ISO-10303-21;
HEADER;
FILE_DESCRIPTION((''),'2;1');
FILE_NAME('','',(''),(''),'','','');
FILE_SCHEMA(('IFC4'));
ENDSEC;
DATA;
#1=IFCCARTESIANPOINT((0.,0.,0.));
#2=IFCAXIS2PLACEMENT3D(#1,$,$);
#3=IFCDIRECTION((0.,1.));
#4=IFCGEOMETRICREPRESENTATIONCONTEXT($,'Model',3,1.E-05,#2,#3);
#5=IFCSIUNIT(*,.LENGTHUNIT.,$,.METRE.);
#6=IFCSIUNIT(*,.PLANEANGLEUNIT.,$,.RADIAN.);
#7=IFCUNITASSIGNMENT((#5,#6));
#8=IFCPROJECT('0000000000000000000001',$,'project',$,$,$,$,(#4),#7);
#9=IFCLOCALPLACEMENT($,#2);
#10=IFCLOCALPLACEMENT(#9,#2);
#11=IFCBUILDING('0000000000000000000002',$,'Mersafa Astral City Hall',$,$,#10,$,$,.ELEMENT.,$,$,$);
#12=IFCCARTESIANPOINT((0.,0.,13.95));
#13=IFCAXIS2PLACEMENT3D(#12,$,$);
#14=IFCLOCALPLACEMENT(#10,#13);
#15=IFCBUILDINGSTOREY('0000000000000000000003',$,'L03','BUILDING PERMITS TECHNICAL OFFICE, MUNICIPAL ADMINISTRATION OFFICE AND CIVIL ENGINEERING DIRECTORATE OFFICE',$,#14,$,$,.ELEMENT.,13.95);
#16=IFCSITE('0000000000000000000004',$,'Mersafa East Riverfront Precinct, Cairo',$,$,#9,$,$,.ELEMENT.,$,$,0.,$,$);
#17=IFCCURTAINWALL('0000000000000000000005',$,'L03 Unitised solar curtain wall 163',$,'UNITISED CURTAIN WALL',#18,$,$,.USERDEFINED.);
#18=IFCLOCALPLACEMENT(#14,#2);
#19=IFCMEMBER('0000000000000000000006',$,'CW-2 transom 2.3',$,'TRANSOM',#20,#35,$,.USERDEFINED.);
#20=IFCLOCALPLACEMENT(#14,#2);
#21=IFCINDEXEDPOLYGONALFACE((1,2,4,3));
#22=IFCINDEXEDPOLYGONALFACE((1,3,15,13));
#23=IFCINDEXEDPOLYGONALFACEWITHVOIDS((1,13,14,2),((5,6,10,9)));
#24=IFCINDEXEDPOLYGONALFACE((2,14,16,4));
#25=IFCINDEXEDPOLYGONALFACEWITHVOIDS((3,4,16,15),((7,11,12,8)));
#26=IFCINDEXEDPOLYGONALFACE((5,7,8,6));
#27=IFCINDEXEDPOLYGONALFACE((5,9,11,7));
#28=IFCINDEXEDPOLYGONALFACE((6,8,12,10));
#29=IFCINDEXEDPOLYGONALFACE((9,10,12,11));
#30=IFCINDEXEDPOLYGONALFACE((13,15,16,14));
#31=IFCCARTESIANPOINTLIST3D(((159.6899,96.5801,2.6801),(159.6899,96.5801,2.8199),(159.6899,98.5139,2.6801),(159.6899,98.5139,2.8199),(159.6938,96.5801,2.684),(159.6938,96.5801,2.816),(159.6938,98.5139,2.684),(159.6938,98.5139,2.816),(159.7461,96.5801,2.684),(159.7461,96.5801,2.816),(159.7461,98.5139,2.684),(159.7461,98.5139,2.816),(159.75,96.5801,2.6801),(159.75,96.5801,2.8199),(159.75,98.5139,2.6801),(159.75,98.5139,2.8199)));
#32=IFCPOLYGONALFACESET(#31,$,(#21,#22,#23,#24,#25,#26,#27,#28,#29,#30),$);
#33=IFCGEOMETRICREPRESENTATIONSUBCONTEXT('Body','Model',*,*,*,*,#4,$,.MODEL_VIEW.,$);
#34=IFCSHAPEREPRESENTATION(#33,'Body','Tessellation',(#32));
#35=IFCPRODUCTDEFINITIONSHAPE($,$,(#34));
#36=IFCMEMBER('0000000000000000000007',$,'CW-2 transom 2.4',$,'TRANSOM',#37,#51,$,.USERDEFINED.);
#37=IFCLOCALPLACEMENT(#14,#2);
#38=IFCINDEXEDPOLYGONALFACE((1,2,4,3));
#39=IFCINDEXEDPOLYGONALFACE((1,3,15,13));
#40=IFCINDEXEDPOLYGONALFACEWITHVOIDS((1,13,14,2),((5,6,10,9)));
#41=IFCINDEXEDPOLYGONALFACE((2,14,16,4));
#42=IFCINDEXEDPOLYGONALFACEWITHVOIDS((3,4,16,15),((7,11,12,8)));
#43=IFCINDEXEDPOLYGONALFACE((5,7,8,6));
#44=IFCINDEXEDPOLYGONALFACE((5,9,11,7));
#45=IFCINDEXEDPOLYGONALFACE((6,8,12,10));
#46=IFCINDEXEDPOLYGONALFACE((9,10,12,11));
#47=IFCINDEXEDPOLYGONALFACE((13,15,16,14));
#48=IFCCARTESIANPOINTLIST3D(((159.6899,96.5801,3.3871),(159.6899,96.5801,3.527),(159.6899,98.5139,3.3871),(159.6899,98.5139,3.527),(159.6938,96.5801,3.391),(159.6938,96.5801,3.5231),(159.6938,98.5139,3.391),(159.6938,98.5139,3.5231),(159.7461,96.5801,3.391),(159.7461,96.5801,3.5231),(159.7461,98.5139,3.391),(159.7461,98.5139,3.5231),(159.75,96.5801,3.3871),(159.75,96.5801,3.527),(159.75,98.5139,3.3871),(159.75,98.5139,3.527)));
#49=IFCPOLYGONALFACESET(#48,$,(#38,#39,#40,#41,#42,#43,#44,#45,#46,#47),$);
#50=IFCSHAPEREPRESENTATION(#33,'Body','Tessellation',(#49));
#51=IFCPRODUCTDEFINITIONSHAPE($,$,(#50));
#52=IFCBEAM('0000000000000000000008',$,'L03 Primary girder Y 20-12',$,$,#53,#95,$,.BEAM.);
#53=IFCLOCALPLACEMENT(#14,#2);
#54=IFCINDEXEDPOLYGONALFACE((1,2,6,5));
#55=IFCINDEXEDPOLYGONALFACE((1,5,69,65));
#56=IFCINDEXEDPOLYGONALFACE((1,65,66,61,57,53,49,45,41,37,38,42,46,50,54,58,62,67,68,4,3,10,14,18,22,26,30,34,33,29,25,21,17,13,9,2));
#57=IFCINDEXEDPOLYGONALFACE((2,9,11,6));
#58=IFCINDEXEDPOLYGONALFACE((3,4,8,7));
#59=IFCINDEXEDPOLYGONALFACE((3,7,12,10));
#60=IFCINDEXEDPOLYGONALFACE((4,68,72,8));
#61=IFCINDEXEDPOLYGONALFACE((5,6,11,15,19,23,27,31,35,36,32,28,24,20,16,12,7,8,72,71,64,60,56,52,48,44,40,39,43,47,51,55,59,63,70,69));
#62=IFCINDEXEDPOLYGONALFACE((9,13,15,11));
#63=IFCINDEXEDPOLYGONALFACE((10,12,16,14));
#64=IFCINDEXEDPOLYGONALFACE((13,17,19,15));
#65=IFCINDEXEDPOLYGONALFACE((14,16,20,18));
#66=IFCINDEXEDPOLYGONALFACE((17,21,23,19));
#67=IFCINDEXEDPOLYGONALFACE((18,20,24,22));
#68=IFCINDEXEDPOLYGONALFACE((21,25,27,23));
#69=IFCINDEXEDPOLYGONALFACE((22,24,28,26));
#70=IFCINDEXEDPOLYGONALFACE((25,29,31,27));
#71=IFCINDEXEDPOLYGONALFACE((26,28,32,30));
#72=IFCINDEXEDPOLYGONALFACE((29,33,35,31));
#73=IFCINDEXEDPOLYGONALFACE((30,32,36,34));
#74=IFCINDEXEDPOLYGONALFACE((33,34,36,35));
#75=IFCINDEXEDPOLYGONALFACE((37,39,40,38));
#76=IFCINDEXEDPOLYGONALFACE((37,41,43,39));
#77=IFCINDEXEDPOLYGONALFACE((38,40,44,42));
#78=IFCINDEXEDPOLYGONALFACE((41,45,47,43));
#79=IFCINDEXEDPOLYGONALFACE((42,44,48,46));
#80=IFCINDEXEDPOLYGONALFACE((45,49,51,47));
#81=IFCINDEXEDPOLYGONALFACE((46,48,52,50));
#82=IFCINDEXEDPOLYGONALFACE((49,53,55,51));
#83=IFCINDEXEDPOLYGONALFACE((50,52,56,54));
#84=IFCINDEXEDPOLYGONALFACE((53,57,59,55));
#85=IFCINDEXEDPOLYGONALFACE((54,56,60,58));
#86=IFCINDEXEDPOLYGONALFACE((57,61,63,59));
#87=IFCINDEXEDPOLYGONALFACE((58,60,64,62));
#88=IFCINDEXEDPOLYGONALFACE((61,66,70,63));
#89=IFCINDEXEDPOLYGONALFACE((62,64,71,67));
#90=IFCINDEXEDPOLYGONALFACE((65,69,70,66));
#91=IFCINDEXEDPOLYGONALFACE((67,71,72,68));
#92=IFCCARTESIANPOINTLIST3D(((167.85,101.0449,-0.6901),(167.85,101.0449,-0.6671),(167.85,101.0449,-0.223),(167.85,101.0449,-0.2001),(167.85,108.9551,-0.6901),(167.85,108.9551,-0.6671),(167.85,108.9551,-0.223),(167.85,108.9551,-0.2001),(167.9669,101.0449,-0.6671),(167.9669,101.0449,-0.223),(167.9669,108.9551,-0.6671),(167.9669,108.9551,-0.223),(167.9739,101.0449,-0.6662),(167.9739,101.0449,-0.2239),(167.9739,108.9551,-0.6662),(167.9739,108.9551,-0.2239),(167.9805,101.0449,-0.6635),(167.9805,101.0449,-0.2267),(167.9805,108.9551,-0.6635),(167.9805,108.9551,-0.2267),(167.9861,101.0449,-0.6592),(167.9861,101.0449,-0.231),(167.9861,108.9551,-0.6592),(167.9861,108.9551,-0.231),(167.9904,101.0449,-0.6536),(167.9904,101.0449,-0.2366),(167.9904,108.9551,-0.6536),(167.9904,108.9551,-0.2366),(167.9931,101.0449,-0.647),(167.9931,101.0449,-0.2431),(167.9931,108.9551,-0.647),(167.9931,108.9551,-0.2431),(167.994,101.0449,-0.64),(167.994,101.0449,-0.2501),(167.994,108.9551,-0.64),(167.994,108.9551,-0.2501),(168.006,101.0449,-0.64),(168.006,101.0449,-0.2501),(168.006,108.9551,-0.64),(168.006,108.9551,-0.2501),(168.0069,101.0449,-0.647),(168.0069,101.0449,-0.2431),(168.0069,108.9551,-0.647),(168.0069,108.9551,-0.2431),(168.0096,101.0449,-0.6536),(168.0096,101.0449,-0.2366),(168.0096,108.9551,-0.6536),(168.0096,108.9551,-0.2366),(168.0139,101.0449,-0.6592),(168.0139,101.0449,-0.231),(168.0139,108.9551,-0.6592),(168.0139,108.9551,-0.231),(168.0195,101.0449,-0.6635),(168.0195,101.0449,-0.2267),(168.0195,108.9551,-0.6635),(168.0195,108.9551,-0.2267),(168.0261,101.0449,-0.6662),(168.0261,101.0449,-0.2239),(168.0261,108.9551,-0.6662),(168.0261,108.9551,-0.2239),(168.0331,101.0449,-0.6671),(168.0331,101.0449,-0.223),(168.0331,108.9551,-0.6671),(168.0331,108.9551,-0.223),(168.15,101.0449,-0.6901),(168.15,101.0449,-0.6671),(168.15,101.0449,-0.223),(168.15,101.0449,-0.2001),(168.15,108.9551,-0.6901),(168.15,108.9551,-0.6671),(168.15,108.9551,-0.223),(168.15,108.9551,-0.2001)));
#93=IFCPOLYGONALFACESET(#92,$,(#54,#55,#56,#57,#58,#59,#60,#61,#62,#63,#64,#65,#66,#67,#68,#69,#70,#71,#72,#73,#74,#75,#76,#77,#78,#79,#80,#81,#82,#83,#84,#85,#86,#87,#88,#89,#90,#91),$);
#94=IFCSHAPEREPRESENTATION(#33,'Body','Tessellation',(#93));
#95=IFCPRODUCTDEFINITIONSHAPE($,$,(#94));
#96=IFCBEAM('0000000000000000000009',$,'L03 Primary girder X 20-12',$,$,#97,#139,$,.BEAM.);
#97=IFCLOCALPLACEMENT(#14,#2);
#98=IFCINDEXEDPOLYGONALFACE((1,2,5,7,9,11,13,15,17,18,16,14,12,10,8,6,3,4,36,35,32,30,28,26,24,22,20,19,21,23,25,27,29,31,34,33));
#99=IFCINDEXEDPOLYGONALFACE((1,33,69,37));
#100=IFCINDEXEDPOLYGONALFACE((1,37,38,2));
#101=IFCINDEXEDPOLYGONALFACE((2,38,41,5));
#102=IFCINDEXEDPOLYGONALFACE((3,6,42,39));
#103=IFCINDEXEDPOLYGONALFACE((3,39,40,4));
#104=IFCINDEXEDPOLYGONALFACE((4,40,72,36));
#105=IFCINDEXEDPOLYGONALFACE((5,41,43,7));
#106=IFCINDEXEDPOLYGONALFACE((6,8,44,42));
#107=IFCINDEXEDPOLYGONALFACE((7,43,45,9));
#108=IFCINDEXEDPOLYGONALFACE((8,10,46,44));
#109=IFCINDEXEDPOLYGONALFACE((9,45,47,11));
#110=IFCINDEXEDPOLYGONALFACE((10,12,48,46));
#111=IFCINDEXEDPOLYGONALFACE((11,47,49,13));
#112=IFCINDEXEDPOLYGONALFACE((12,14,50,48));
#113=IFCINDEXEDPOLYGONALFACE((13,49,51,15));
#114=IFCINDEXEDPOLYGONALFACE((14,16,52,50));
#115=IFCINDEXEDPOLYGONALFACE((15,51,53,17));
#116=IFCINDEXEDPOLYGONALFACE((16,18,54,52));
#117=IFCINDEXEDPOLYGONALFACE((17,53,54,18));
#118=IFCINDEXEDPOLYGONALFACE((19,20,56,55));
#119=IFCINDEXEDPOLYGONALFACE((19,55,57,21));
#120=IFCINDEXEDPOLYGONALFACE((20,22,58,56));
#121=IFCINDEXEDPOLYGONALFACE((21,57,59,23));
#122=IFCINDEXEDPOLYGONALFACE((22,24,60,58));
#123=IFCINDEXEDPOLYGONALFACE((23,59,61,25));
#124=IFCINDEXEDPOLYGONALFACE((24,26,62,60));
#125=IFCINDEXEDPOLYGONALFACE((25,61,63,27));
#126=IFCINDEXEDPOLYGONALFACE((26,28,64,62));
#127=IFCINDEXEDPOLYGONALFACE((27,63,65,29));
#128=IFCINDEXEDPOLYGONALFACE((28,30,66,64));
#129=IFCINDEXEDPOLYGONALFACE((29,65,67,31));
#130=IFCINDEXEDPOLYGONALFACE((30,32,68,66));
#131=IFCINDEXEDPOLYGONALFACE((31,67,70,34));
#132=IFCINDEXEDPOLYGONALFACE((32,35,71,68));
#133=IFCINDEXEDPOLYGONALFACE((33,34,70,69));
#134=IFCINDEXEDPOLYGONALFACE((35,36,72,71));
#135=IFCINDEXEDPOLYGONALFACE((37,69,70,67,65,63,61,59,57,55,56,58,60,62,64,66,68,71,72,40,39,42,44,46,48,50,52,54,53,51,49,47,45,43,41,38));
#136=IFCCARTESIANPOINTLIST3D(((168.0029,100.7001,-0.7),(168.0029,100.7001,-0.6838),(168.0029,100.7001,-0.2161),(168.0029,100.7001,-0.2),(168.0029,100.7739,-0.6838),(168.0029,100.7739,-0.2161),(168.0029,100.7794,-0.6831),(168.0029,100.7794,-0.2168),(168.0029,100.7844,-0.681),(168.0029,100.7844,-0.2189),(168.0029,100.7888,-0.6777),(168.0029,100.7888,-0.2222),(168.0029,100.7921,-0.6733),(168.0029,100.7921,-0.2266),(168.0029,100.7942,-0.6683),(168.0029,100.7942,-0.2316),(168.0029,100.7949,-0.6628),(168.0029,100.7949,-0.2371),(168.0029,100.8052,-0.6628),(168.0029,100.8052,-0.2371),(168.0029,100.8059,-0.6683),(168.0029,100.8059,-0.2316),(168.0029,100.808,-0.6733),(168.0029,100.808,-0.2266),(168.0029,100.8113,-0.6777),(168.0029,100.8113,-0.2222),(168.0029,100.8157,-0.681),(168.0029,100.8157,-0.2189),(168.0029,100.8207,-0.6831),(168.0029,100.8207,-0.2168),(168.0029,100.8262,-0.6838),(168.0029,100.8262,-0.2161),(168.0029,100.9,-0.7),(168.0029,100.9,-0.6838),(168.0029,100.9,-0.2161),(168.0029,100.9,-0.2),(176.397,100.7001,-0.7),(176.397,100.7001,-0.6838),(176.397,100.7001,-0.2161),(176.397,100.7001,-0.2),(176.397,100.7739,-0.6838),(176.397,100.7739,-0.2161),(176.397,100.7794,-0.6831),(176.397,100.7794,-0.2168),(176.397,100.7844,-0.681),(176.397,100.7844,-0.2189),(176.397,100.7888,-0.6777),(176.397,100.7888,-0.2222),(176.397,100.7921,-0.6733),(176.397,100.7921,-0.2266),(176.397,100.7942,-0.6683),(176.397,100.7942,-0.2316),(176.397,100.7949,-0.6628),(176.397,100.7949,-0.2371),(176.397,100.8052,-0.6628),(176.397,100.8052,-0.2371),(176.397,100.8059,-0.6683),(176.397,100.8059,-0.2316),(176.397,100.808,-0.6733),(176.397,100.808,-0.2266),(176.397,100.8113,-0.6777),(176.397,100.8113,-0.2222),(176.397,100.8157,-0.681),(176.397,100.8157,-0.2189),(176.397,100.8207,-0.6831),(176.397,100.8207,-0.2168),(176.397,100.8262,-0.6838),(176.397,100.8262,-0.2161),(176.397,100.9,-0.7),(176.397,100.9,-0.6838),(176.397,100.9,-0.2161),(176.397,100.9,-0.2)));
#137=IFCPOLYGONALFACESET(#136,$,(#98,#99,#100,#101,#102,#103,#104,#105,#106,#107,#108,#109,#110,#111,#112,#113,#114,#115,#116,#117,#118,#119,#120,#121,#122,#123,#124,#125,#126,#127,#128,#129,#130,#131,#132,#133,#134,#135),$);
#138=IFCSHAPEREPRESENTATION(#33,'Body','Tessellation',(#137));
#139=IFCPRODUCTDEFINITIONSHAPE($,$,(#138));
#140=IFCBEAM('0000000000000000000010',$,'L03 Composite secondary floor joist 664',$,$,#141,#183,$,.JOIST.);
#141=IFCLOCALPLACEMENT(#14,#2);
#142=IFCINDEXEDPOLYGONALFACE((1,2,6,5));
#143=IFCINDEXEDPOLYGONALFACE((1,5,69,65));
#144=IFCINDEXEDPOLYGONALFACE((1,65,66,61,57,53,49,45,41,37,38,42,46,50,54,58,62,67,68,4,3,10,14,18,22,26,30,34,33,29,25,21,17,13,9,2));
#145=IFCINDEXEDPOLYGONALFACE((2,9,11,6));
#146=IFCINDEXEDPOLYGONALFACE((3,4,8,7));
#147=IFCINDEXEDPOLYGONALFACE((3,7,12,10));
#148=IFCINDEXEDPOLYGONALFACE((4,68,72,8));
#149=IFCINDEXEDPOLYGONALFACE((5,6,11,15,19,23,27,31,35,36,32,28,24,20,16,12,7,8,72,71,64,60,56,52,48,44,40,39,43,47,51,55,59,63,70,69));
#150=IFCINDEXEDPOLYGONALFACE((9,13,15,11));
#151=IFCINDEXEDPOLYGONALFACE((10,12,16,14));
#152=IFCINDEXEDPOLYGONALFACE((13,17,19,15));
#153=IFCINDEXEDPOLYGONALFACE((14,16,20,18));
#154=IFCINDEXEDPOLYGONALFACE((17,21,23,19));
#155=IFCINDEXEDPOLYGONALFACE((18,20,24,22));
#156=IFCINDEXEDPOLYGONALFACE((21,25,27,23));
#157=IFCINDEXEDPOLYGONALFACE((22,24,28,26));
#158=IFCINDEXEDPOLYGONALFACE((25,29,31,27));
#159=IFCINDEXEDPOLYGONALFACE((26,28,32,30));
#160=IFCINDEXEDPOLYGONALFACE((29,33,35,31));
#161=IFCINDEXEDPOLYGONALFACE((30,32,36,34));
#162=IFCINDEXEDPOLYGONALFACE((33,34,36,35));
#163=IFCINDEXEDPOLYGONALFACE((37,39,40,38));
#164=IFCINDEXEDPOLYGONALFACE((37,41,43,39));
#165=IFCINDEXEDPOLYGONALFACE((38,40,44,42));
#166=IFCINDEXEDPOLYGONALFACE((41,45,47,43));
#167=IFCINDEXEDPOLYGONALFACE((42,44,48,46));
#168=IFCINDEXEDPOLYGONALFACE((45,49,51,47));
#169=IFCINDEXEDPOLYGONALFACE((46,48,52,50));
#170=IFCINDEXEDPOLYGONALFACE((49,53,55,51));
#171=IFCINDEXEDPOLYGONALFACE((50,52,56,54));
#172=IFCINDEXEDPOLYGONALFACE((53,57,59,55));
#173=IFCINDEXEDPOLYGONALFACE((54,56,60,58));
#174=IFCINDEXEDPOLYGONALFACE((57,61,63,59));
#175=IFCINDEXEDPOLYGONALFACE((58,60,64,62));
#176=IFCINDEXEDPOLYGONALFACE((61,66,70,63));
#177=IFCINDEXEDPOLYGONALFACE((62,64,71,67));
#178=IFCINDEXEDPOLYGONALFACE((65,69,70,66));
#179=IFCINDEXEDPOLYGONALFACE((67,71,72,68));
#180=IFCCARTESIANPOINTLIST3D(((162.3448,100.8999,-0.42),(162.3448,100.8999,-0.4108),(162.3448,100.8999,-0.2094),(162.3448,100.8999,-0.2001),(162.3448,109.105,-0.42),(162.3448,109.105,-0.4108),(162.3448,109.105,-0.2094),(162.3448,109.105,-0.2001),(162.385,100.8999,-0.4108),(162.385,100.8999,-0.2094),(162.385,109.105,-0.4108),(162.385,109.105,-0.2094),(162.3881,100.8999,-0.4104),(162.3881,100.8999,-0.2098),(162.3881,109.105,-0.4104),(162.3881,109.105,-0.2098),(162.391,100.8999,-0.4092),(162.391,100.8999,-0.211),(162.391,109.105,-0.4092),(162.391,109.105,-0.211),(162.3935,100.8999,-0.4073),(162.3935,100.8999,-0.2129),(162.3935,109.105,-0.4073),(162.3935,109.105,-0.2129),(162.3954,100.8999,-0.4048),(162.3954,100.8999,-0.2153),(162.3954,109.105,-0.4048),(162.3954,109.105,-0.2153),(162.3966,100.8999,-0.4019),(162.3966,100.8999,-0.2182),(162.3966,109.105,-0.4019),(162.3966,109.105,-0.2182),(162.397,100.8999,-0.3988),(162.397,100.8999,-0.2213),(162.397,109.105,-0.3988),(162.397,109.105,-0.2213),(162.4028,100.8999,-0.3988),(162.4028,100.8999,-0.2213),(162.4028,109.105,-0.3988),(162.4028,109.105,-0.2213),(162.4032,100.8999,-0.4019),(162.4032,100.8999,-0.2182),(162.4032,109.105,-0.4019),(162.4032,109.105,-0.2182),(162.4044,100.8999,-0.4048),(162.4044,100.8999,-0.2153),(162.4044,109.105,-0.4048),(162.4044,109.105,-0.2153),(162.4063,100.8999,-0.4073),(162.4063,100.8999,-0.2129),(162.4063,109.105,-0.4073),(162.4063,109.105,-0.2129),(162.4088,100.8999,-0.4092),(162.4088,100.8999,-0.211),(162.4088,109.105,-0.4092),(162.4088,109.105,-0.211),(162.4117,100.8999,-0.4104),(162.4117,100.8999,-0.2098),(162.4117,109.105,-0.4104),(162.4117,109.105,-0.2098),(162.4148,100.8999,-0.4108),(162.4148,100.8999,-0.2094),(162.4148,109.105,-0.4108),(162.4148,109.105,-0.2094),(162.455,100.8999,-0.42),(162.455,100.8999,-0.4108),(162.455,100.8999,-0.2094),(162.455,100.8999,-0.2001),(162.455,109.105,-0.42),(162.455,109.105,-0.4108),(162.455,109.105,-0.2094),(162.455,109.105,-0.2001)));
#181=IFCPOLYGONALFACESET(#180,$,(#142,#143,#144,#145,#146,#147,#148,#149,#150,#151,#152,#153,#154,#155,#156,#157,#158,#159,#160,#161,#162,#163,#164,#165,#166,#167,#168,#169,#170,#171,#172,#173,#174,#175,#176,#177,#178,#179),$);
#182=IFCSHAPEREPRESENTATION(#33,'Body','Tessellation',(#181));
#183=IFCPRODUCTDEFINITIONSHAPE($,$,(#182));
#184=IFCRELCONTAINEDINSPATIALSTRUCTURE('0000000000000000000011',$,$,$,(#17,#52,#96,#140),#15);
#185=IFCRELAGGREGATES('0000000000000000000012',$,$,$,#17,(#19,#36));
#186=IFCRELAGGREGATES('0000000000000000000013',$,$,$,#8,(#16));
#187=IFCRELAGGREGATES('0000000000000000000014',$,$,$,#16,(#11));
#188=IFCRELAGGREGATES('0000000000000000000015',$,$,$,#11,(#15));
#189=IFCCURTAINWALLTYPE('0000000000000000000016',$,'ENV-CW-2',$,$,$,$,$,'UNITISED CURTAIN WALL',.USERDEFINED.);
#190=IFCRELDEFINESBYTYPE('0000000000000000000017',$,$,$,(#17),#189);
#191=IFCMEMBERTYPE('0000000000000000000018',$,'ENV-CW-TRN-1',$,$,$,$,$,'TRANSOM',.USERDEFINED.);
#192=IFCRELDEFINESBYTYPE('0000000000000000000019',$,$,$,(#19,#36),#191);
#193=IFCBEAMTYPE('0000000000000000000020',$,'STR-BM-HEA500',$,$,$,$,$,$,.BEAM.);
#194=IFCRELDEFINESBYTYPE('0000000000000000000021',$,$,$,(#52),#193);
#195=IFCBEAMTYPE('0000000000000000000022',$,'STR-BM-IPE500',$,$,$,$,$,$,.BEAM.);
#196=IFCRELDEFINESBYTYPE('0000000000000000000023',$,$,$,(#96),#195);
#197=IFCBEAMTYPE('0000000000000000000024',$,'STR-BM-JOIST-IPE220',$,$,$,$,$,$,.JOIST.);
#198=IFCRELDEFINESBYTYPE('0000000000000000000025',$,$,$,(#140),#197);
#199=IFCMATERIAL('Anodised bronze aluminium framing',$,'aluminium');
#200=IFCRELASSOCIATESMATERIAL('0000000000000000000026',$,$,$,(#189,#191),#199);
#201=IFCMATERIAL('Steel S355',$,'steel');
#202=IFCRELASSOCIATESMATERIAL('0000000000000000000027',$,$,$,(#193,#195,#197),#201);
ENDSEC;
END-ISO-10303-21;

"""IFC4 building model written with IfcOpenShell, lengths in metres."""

from ifc_helpers import new_model, si_unit, direction, frame, origin, origin_2d, place, context, subcontext, project, spatial, hollow_rectangle, i_section, extrude, material, material_profile, profile_set, type_object, element, aggregate, save


model = new_model("IFC4")

# Units and contexts
model_context = context("Model", 3, precision=1e-05, world=origin(), true_north=direction((0.0, 1.0)))
body_context = subcontext(model_context, "Body", "Model", "MODEL_VIEW")
ifc_project = project(units=[si_unit("LENGTHUNIT", "METRE"), si_unit("PLANEANGLEUNIT", "RADIAN")], contexts=[model_context])

# Site, building, storey
site_placement = place(None, origin())
site = spatial("IfcSite", under=ifc_project, at=site_placement, Name="Mersafa East Riverfront Precinct, Cairo", CompositionType="ELEMENT", RefElevation=0.0)
building_placement = place(site_placement, origin())
building = spatial("IfcBuilding", under=site, at=building_placement, Name="Mersafa Astral City Hall", CompositionType="ELEMENT")
storey_placement = place(building_placement, frame((0.0, 0.0, 13.95)))
storey = spatial("IfcBuildingStorey", under=building, at=storey_placement, Name="L03", Description="BUILDING PERMITS TECHNICAL OFFICE, MUNICIPAL ADMINISTRATION OFFICE AND CIVIL ENGINEERING DIRECTORATE OFFICE", CompositionType="ELEMENT", Elevation=13.95)

# Shared definitions
ifc_material_1 = material(Name="Steel S355", Category="steel")

# Curtain wall, members
ifc_material_2 = material(Name="Anodised bronze aluminium framing", Category="aluminium")
curtain_wall_type = type_object("IfcCurtainWallType", Name="ENV-CW-2", ElementType="UNITISED CURTAIN WALL", PredefinedType="USERDEFINED", material=ifc_material_2)
curtain_wall_placement = place(storey_placement, origin())
curtain_wall = element("IfcCurtainWall", 1, at=curtain_wall_placement, inside=storey, type_object=curtain_wall_type, Name="L03 Unitised solar curtain wall 163", ObjectType="UNITISED CURTAIN WALL", PredefinedType="USERDEFINED")
ifc_material_profile_1 = material_profile(ifc_material_2, hollow_rectangle(XDim=0.0601, YDim=0.1399, WallThickness=0.0039, at=origin_2d()), Name="RHS 60x140x4")
ifc_profile_set_1 = profile_set([ifc_material_profile_1], Name="Anodised bronze aluminium framing")
member_type_1 = type_object("IfcMemberType", Name="ENV-CW-TRN-1", ElementType="TRANSOM", PredefinedType="USERDEFINED", material=ifc_profile_set_1)
member_1_placement = place(storey_placement, frame((159.72, 98.5139, 2.75), z_axis=(0.0, -1.0, 0.0), x_axis=(1.0, 0.0, 0.0)))
member_1 = element("IfcMember", 2, at=member_1_placement, type_object=member_type_1, Name="CW-2 transom 2.3", ObjectType="TRANSOM", PredefinedType="USERDEFINED", context=body_context, shape_type="SweptSolid", body=[
    extrude(hollow_rectangle(XDim=0.0601, YDim=0.1399, WallThickness=0.0039, at=origin_2d()), origin(), (0.0, 0.0, 1.0), 1.9338),
])
member_2_placement = place(storey_placement, frame((159.72, 98.5139, 3.457), z_axis=(0.0, -1.0, 0.0), x_axis=(1.0, 0.0, 0.0)))
member_2 = element("IfcMember", 3, at=member_2_placement, type_object=member_type_1, Name="CW-2 transom 2.4", ObjectType="TRANSOM", PredefinedType="USERDEFINED", context=body_context, shape_type="SweptSolid", body=[
    extrude(hollow_rectangle(XDim=0.0601, YDim=0.1399, WallThickness=0.0039, at=origin_2d()), origin(), (0.0, 0.0, 1.0), 1.9338),
])

# Beams
ifc_material_profile_2 = material_profile(ifc_material_1, i_section(OverallWidth=0.3, OverallDepth=0.49, WebThickness=0.012, FlangeThickness=0.0229, FilletRadius=0.0271, at=origin_2d()), Name="HEA 500")
ifc_profile_set_2 = profile_set([ifc_material_profile_2], Name="Steel S355")
beam_type_1 = type_object("IfcBeamType", Name="STR-BM-HEA500", PredefinedType="BEAM", material=ifc_profile_set_2)
beam_1_placement = place(storey_placement, frame((168.0, 101.0449, -0.4451), z_axis=(0.0, 1.0, 0.0), x_axis=(-1.0, 0.0, 0.0)))
element("IfcBeam", 4, at=beam_1_placement, inside=storey, type_object=beam_type_1, Name="L03 Primary girder Y 20-12", PredefinedType="BEAM", context=body_context, shape_type="SweptSolid", body=[
    extrude(i_section(OverallWidth=0.3, OverallDepth=0.49, WebThickness=0.012, FlangeThickness=0.0229, FilletRadius=0.0271, at=origin_2d()), origin(), (0.0, 0.0, 1.0), 7.9102),
])
ifc_material_profile_3 = material_profile(ifc_material_1, i_section(OverallWidth=0.2, OverallDepth=0.5, WebThickness=0.0103, FlangeThickness=0.0161, FilletRadius=0.021, at=origin_2d()), Name="IPE 500")
ifc_profile_set_3 = profile_set([ifc_material_profile_3], Name="Steel S355")
beam_type_2 = type_object("IfcBeamType", Name="STR-BM-IPE500", PredefinedType="BEAM", material=ifc_profile_set_3)
beam_2_placement = place(storey_placement, frame((168.0029, 100.8, -0.45), z_axis=(1.0, 0.0, 0.0), x_axis=(0.0, 1.0, 0.0)))
element("IfcBeam", 5, at=beam_2_placement, inside=storey, type_object=beam_type_2, Name="L03 Primary girder X 20-12", PredefinedType="BEAM", context=body_context, shape_type="SweptSolid", body=[
    extrude(i_section(OverallWidth=0.2, OverallDepth=0.5, WebThickness=0.0103, FlangeThickness=0.0161, FilletRadius=0.021, at=origin_2d()), origin(), (0.0, 0.0, 1.0), 8.394),
])
ifc_material_profile_4 = material_profile(ifc_material_1, i_section(OverallWidth=0.1101, OverallDepth=0.22, WebThickness=0.0059, FlangeThickness=0.0093, FilletRadius=0.012, at=origin_2d()), Name="IPE 220")
ifc_profile_set_4 = profile_set([ifc_material_profile_4], Name="Steel S355")
beam_type_3 = type_object("IfcBeamType", Name="STR-BM-JOIST-IPE220", PredefinedType="JOIST", material=ifc_profile_set_4)
for number, where, z_axis, x_axis, name in (
    (6, (162.3999, 100.8999, -0.3101), (0.0, 1.0, 0.0), (-1.0, 0.0, 0.0), "L03 Composite secondary floor joist 664"),
):
    element("IfcBeam", number, at=place(storey_placement, frame(where, z_axis=z_axis, x_axis=x_axis)), inside=storey, type_object=beam_type_3, Name=name, PredefinedType="JOIST", context=body_context, shape_type="SweptSolid", body=[
        extrude(i_section(OverallWidth=0.1101, OverallDepth=0.22, WebThickness=0.0059, FlangeThickness=0.0093, FilletRadius=0.012, at=origin_2d()), origin(), (0.0, 0.0, 1.0), 8.2051),
    ])

aggregate(curtain_wall, [member_1, member_2])

save(model, "model.ifc")
